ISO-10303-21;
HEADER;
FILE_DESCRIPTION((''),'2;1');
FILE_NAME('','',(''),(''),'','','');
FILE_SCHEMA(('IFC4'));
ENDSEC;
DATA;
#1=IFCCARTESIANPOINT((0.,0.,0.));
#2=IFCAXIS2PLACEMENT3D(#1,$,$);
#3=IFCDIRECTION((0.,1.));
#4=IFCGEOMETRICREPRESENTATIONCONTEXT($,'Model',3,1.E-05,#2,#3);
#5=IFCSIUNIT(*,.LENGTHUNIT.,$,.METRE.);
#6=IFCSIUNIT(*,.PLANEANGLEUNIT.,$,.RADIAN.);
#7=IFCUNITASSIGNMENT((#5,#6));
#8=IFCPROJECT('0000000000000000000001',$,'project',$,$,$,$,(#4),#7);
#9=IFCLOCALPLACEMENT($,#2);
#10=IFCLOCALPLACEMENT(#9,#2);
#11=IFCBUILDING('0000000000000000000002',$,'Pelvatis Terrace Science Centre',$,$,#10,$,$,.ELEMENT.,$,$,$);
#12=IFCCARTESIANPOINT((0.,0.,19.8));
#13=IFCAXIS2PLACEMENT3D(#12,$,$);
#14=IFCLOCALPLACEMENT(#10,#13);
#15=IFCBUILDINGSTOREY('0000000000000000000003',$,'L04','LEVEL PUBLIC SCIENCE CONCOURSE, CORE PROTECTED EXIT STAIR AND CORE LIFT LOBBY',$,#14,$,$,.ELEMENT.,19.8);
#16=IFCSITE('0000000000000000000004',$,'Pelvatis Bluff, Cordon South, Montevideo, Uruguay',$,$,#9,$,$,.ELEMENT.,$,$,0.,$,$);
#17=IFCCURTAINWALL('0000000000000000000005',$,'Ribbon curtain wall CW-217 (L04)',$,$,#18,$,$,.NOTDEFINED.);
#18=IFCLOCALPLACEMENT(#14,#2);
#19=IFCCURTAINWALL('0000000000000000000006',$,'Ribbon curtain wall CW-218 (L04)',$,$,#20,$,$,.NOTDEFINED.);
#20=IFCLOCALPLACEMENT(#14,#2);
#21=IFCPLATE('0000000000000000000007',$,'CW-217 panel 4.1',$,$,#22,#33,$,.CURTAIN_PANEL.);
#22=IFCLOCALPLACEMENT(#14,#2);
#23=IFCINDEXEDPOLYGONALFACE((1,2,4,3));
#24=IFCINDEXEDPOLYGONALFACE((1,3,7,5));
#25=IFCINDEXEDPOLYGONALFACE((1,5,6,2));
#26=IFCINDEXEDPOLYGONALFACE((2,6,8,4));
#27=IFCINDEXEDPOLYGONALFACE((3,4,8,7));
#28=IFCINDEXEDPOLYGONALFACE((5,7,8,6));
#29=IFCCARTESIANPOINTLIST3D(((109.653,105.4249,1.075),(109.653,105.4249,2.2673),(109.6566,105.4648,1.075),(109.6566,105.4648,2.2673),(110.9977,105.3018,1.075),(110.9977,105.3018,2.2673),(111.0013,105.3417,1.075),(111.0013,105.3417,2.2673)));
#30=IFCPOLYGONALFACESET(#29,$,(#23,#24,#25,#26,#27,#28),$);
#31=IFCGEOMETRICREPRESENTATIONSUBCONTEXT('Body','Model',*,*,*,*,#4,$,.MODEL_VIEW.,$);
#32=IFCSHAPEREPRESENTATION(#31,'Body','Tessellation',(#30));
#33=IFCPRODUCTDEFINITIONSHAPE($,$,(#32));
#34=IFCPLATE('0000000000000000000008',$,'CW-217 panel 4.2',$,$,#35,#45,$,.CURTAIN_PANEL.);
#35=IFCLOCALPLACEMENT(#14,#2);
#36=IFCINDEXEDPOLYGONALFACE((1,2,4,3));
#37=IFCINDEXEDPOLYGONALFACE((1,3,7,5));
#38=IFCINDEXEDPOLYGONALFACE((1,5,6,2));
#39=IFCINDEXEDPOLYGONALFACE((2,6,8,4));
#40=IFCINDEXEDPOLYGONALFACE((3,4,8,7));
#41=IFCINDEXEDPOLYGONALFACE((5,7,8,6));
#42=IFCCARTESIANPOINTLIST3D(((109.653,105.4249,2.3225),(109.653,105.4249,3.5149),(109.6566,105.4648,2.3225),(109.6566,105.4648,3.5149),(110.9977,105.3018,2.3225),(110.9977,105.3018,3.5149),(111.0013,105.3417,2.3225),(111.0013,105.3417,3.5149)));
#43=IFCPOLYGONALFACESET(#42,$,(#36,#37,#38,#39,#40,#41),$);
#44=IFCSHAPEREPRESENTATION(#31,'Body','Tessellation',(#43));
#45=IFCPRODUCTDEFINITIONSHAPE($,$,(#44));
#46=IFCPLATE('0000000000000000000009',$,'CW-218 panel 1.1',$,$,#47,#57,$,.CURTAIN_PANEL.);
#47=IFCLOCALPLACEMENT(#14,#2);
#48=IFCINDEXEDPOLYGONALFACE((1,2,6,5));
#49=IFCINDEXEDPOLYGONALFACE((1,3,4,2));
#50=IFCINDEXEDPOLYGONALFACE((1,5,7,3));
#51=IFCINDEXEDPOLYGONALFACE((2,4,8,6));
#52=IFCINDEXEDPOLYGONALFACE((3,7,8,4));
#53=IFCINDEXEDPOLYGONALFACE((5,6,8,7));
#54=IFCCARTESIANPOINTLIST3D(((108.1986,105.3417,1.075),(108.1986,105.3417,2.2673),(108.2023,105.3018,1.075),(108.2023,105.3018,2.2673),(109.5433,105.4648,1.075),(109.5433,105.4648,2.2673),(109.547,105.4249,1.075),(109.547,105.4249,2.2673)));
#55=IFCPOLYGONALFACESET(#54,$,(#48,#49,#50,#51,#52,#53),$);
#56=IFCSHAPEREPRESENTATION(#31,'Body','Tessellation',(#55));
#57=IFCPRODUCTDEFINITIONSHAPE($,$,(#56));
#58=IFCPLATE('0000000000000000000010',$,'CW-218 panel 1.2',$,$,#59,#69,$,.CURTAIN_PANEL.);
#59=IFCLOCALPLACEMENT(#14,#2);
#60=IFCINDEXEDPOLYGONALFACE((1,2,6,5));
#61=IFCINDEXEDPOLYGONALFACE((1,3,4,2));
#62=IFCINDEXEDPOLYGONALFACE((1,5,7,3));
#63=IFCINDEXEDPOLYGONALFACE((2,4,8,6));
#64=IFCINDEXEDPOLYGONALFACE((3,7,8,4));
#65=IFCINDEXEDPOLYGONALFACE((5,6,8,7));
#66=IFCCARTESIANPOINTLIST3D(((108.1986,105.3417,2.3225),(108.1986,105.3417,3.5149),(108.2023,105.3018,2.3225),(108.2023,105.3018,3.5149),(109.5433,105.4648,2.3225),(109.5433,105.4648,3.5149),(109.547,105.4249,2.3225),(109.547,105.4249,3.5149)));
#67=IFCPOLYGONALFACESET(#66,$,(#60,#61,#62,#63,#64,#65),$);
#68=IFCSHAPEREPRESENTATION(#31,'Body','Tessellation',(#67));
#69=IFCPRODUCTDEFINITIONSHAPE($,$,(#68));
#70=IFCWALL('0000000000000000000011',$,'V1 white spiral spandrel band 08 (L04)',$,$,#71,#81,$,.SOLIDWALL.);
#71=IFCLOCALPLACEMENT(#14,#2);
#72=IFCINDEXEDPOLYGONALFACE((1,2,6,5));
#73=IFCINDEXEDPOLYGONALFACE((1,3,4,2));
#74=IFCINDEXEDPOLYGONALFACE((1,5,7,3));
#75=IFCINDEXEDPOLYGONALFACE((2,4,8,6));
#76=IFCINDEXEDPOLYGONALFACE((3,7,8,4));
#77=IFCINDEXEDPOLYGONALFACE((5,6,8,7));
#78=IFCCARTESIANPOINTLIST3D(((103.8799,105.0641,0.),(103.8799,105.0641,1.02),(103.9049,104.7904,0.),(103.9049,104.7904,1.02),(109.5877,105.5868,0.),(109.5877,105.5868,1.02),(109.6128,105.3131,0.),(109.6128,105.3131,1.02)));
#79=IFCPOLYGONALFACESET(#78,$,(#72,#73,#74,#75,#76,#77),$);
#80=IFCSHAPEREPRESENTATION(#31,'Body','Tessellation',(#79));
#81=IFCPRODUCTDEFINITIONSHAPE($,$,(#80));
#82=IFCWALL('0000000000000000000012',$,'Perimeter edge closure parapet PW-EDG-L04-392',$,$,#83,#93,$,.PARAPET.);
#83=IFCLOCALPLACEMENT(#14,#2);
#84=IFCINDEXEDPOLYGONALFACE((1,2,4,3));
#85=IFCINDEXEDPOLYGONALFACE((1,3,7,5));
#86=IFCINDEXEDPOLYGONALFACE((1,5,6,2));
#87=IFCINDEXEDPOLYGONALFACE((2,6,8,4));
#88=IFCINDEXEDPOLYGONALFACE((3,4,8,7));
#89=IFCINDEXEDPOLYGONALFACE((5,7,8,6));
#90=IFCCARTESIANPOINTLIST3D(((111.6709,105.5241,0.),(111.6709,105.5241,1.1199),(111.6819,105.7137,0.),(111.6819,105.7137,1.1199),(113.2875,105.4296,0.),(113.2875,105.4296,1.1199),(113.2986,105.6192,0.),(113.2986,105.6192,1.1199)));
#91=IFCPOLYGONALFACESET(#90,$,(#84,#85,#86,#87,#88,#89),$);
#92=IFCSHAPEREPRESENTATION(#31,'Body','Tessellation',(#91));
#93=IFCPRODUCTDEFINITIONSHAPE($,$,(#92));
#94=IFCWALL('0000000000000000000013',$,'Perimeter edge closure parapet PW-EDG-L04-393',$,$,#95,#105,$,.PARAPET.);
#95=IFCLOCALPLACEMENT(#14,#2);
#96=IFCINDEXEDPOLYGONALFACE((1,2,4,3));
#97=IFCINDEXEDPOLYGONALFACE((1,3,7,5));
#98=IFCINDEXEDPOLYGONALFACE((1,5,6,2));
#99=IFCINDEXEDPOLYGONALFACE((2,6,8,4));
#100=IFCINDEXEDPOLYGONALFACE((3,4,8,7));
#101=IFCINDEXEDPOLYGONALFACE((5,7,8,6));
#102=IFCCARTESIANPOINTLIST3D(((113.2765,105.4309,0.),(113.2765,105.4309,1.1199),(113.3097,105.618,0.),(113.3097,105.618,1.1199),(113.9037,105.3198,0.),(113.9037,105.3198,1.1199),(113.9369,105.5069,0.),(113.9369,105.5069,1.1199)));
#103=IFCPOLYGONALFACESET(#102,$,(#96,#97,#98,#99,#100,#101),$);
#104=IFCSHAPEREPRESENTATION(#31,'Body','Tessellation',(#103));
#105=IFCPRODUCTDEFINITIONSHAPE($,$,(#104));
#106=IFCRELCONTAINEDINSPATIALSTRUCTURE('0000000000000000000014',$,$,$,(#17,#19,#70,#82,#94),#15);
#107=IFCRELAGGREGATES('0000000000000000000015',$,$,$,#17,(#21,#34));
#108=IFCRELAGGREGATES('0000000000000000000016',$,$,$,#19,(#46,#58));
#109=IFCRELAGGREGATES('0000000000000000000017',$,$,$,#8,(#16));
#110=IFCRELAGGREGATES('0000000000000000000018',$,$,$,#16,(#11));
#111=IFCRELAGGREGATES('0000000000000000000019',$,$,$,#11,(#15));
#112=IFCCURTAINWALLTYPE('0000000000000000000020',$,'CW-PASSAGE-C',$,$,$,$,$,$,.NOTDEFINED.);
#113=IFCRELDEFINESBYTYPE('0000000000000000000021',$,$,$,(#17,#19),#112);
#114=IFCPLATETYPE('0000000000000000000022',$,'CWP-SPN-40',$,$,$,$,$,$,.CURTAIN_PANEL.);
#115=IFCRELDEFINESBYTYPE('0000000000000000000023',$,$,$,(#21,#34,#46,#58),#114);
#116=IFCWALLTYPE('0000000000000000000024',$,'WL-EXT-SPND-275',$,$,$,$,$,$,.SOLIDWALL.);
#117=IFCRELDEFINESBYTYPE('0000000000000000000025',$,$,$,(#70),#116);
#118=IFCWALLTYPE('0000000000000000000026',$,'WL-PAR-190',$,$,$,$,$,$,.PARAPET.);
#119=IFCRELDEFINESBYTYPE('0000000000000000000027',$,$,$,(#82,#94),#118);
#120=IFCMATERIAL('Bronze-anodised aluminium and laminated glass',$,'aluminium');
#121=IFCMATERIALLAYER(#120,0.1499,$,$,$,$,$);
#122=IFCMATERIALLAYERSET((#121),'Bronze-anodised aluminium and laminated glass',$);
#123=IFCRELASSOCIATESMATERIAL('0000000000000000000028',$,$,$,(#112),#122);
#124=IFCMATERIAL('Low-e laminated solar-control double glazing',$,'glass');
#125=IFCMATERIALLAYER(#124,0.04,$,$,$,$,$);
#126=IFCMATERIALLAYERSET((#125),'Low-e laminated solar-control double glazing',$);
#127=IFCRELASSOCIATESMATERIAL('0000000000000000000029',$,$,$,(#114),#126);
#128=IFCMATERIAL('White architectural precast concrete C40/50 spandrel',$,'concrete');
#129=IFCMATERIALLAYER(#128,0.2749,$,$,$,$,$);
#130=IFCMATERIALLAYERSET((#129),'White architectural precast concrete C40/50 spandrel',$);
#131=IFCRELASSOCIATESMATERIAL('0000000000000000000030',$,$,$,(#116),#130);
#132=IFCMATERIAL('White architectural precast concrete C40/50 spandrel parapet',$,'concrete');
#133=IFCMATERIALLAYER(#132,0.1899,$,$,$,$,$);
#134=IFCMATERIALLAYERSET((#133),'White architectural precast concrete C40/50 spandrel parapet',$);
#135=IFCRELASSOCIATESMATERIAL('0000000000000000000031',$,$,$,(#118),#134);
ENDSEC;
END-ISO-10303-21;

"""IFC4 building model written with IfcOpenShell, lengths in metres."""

from ifc_helpers import new_model, si_unit, direction, frame, frame_2d, origin, origin_2d, place, context, subcontext, project, spatial, rectangle, extrude, material, layer, layer_set, type_object, element, aggregate, save


model = new_model("IFC4")

# Units and contexts
model_context = context("Model", 3, precision=1e-05, world=origin(), true_north=direction((0.0, 1.0)))
body_context = subcontext(model_context, "Body", "Model", "MODEL_VIEW")
ifc_project = project(units=[si_unit("LENGTHUNIT", "METRE"), si_unit("PLANEANGLEUNIT", "RADIAN")], contexts=[model_context])

# Site, building, storey
site_placement = place(None, origin())
site = spatial("IfcSite", under=ifc_project, at=site_placement, Name="Pelvatis Bluff, Cordon South, Montevideo, Uruguay", CompositionType="ELEMENT", RefElevation=0.0)
building_placement = place(site_placement, origin())
building = spatial("IfcBuilding", under=site, at=building_placement, Name="Pelvatis Terrace Science Centre", CompositionType="ELEMENT")
storey_placement = place(building_placement, frame((0.0, 0.0, 19.8)))
storey = spatial("IfcBuildingStorey", under=building, at=storey_placement, Name="L04", Description="LEVEL PUBLIC SCIENCE CONCOURSE, CORE PROTECTED EXIT STAIR AND CORE LIFT LOBBY", CompositionType="ELEMENT", Elevation=19.8)

# Curtain wall
ifc_material_1 = material(Name="Bronze-anodised aluminium and laminated glass", Category="aluminium")
ifc_layer_1 = layer(ifc_material_1, 0.1499)
ifc_layer_set_1 = layer_set([ifc_layer_1], Name="Bronze-anodised aluminium and laminated glass")
curtain_wall_type = type_object("IfcCurtainWallType", Name="CW-PASSAGE-C", PredefinedType="NOTDEFINED", material=ifc_layer_set_1)
curtain_wall_1_placement = place(storey_placement, origin())
curtain_wall_1 = element("IfcCurtainWall", 1, at=curtain_wall_1_placement, inside=storey, type_object=curtain_wall_type, Name="Ribbon curtain wall CW-217 (L04)", PredefinedType="NOTDEFINED")

# Curtain wall
curtain_wall_2_placement = place(storey_placement, origin())
curtain_wall_2 = element("IfcCurtainWall", 2, at=curtain_wall_2_placement, inside=storey, type_object=curtain_wall_type, Name="Ribbon curtain wall CW-218 (L04)", PredefinedType="NOTDEFINED")

# Plates
ifc_material_2 = material(Name="Low-e laminated solar-control double glazing", Category="glass")
ifc_layer_2 = layer(ifc_material_2, 0.04)
ifc_layer_set_2 = layer_set([ifc_layer_2], Name="Low-e laminated solar-control double glazing")
plate_type = type_object("IfcPlateType", Name="CWP-SPN-40", PredefinedType="CURTAIN_PANEL", material=ifc_layer_set_2)
plate_1_placement = place(storey_placement, frame((110.3271, 105.3833, 1.075), z_axis=(0.0, 0.0, 1.0), x_axis=(-0.995831, 0.091214, 0.0)))
plate_1 = element("IfcPlate", 3, at=plate_1_placement, type_object=plate_type, Name="CW-217 panel 4.1", PredefinedType="CURTAIN_PANEL", context=body_context, shape_type="SweptSolid", body=[
    extrude(rectangle(XDim=1.3503, YDim=0.04, at=origin_2d()), origin(), (0.0, 0.0, 1.0), 1.1924),
])
plate_2_placement = place(storey_placement, frame((110.3271, 105.3833, 2.3225), z_axis=(0.0, 0.0, 1.0), x_axis=(-0.995831, 0.091214, 0.0)))
plate_2 = element("IfcPlate", 4, at=plate_2_placement, type_object=plate_type, Name="CW-217 panel 4.2", PredefinedType="CURTAIN_PANEL", context=body_context, shape_type="SweptSolid", body=[
    extrude(rectangle(XDim=1.3503, YDim=0.04, at=origin_2d()), origin(), (0.0, 0.0, 1.0), 1.1924),
])
aggregate(curtain_wall_1, [plate_1, plate_2])
plate_3_placement = place(storey_placement, frame((108.8728, 105.3833, 1.075), z_axis=(0.0, 0.0, 1.0), x_axis=(-0.995831, -0.091214, 0.0)))
plate_3 = element("IfcPlate", 5, at=plate_3_placement, type_object=plate_type, Name="CW-218 panel 1.1", PredefinedType="CURTAIN_PANEL", context=body_context, shape_type="SweptSolid", body=[
    extrude(rectangle(XDim=1.3503, YDim=0.04, at=origin_2d()), origin(), (0.0, 0.0, 1.0), 1.1924),
])
plate_4_placement = place(storey_placement, frame((108.8728, 105.3833, 2.3225), z_axis=(0.0, 0.0, 1.0), x_axis=(-0.995831, -0.091214, 0.0)))
plate_4 = element("IfcPlate", 6, at=plate_4_placement, type_object=plate_type, Name="CW-218 panel 1.2", PredefinedType="CURTAIN_PANEL", context=body_context, shape_type="SweptSolid", body=[
    extrude(rectangle(XDim=1.3503, YDim=0.04, at=origin_2d()), origin(), (0.0, 0.0, 1.0), 1.1924),
])
aggregate(curtain_wall_2, [plate_3, plate_4])

# Walls
ifc_material_3 = material(Name="White architectural precast concrete C40/50 spandrel", Category="concrete")
ifc_layer_3 = layer(ifc_material_3, 0.2749)
ifc_layer_set_3 = layer_set([ifc_layer_3], Name="White architectural precast concrete C40/50 spandrel")
wall_type_1 = type_object("IfcWallType", Name="WL-EXT-SPND-275", PredefinedType="SOLIDWALL", material=ifc_layer_set_3)
wall_1_placement = place(storey_placement, frame((109.6001, 105.45, 0.0), z_axis=(0.0, 0.0, 1.0), x_axis=(-0.995833, -0.091196, 0.0)))
element("IfcWall", 7, at=wall_1_placement, inside=storey, type_object=wall_type_1, Name="V1 white spiral spandrel band 08 (L04)", PredefinedType="SOLIDWALL", context=body_context, shape_type="SweptSolid", body=[
    extrude(rectangle(XDim=5.7317, YDim=0.2749, at=frame_2d((2.8657, 0.0))), origin(), (0.0, 0.0, 1.0), 1.02),
])
ifc_material_4 = material(Name="White architectural precast concrete C40/50 spandrel parapet", Category="concrete")
ifc_layer_4 = layer(ifc_material_4, 0.1899)
ifc_layer_set_4 = layer_set([ifc_layer_4], Name="White architectural precast concrete C40/50 spandrel parapet")
wall_type_2 = type_object("IfcWallType", Name="WL-PAR-190", PredefinedType="PARAPET", material=ifc_layer_set_4)
wall_2_placement = place(storey_placement, frame((111.6765, 105.6189, 0.0), z_axis=(0.0, 0.0, 1.0), x_axis=(0.998297, -0.058342, 0.0)))
element("IfcWall", 8, at=wall_2_placement, inside=storey, type_object=wall_type_2, Name="Perimeter edge closure parapet PW-EDG-L04-392", PredefinedType="PARAPET", context=body_context, shape_type="SweptSolid", body=[
    extrude(rectangle(XDim=1.6194, YDim=0.1899, at=frame_2d((0.8096, 0.0))), origin(), (0.0, 0.0, 1.0), 1.1199),
])
wall_3_placement = place(storey_placement, frame((113.2932, 105.5244, 0.0), z_axis=(0.0, 0.0, 1.0), x_axis=(0.984675, -0.174398, 0.0)))
element("IfcWall", 9, at=wall_3_placement, inside=storey, type_object=wall_type_2, Name="Perimeter edge closure parapet PW-EDG-L04-393", PredefinedType="PARAPET", context=body_context, shape_type="SweptSolid", body=[
    extrude(rectangle(XDim=0.637, YDim=0.1899, at=frame_2d((0.3184, 0.0))), origin(), (0.0, 0.0, 1.0), 1.1199),
])

save(model, "model.ifc")
